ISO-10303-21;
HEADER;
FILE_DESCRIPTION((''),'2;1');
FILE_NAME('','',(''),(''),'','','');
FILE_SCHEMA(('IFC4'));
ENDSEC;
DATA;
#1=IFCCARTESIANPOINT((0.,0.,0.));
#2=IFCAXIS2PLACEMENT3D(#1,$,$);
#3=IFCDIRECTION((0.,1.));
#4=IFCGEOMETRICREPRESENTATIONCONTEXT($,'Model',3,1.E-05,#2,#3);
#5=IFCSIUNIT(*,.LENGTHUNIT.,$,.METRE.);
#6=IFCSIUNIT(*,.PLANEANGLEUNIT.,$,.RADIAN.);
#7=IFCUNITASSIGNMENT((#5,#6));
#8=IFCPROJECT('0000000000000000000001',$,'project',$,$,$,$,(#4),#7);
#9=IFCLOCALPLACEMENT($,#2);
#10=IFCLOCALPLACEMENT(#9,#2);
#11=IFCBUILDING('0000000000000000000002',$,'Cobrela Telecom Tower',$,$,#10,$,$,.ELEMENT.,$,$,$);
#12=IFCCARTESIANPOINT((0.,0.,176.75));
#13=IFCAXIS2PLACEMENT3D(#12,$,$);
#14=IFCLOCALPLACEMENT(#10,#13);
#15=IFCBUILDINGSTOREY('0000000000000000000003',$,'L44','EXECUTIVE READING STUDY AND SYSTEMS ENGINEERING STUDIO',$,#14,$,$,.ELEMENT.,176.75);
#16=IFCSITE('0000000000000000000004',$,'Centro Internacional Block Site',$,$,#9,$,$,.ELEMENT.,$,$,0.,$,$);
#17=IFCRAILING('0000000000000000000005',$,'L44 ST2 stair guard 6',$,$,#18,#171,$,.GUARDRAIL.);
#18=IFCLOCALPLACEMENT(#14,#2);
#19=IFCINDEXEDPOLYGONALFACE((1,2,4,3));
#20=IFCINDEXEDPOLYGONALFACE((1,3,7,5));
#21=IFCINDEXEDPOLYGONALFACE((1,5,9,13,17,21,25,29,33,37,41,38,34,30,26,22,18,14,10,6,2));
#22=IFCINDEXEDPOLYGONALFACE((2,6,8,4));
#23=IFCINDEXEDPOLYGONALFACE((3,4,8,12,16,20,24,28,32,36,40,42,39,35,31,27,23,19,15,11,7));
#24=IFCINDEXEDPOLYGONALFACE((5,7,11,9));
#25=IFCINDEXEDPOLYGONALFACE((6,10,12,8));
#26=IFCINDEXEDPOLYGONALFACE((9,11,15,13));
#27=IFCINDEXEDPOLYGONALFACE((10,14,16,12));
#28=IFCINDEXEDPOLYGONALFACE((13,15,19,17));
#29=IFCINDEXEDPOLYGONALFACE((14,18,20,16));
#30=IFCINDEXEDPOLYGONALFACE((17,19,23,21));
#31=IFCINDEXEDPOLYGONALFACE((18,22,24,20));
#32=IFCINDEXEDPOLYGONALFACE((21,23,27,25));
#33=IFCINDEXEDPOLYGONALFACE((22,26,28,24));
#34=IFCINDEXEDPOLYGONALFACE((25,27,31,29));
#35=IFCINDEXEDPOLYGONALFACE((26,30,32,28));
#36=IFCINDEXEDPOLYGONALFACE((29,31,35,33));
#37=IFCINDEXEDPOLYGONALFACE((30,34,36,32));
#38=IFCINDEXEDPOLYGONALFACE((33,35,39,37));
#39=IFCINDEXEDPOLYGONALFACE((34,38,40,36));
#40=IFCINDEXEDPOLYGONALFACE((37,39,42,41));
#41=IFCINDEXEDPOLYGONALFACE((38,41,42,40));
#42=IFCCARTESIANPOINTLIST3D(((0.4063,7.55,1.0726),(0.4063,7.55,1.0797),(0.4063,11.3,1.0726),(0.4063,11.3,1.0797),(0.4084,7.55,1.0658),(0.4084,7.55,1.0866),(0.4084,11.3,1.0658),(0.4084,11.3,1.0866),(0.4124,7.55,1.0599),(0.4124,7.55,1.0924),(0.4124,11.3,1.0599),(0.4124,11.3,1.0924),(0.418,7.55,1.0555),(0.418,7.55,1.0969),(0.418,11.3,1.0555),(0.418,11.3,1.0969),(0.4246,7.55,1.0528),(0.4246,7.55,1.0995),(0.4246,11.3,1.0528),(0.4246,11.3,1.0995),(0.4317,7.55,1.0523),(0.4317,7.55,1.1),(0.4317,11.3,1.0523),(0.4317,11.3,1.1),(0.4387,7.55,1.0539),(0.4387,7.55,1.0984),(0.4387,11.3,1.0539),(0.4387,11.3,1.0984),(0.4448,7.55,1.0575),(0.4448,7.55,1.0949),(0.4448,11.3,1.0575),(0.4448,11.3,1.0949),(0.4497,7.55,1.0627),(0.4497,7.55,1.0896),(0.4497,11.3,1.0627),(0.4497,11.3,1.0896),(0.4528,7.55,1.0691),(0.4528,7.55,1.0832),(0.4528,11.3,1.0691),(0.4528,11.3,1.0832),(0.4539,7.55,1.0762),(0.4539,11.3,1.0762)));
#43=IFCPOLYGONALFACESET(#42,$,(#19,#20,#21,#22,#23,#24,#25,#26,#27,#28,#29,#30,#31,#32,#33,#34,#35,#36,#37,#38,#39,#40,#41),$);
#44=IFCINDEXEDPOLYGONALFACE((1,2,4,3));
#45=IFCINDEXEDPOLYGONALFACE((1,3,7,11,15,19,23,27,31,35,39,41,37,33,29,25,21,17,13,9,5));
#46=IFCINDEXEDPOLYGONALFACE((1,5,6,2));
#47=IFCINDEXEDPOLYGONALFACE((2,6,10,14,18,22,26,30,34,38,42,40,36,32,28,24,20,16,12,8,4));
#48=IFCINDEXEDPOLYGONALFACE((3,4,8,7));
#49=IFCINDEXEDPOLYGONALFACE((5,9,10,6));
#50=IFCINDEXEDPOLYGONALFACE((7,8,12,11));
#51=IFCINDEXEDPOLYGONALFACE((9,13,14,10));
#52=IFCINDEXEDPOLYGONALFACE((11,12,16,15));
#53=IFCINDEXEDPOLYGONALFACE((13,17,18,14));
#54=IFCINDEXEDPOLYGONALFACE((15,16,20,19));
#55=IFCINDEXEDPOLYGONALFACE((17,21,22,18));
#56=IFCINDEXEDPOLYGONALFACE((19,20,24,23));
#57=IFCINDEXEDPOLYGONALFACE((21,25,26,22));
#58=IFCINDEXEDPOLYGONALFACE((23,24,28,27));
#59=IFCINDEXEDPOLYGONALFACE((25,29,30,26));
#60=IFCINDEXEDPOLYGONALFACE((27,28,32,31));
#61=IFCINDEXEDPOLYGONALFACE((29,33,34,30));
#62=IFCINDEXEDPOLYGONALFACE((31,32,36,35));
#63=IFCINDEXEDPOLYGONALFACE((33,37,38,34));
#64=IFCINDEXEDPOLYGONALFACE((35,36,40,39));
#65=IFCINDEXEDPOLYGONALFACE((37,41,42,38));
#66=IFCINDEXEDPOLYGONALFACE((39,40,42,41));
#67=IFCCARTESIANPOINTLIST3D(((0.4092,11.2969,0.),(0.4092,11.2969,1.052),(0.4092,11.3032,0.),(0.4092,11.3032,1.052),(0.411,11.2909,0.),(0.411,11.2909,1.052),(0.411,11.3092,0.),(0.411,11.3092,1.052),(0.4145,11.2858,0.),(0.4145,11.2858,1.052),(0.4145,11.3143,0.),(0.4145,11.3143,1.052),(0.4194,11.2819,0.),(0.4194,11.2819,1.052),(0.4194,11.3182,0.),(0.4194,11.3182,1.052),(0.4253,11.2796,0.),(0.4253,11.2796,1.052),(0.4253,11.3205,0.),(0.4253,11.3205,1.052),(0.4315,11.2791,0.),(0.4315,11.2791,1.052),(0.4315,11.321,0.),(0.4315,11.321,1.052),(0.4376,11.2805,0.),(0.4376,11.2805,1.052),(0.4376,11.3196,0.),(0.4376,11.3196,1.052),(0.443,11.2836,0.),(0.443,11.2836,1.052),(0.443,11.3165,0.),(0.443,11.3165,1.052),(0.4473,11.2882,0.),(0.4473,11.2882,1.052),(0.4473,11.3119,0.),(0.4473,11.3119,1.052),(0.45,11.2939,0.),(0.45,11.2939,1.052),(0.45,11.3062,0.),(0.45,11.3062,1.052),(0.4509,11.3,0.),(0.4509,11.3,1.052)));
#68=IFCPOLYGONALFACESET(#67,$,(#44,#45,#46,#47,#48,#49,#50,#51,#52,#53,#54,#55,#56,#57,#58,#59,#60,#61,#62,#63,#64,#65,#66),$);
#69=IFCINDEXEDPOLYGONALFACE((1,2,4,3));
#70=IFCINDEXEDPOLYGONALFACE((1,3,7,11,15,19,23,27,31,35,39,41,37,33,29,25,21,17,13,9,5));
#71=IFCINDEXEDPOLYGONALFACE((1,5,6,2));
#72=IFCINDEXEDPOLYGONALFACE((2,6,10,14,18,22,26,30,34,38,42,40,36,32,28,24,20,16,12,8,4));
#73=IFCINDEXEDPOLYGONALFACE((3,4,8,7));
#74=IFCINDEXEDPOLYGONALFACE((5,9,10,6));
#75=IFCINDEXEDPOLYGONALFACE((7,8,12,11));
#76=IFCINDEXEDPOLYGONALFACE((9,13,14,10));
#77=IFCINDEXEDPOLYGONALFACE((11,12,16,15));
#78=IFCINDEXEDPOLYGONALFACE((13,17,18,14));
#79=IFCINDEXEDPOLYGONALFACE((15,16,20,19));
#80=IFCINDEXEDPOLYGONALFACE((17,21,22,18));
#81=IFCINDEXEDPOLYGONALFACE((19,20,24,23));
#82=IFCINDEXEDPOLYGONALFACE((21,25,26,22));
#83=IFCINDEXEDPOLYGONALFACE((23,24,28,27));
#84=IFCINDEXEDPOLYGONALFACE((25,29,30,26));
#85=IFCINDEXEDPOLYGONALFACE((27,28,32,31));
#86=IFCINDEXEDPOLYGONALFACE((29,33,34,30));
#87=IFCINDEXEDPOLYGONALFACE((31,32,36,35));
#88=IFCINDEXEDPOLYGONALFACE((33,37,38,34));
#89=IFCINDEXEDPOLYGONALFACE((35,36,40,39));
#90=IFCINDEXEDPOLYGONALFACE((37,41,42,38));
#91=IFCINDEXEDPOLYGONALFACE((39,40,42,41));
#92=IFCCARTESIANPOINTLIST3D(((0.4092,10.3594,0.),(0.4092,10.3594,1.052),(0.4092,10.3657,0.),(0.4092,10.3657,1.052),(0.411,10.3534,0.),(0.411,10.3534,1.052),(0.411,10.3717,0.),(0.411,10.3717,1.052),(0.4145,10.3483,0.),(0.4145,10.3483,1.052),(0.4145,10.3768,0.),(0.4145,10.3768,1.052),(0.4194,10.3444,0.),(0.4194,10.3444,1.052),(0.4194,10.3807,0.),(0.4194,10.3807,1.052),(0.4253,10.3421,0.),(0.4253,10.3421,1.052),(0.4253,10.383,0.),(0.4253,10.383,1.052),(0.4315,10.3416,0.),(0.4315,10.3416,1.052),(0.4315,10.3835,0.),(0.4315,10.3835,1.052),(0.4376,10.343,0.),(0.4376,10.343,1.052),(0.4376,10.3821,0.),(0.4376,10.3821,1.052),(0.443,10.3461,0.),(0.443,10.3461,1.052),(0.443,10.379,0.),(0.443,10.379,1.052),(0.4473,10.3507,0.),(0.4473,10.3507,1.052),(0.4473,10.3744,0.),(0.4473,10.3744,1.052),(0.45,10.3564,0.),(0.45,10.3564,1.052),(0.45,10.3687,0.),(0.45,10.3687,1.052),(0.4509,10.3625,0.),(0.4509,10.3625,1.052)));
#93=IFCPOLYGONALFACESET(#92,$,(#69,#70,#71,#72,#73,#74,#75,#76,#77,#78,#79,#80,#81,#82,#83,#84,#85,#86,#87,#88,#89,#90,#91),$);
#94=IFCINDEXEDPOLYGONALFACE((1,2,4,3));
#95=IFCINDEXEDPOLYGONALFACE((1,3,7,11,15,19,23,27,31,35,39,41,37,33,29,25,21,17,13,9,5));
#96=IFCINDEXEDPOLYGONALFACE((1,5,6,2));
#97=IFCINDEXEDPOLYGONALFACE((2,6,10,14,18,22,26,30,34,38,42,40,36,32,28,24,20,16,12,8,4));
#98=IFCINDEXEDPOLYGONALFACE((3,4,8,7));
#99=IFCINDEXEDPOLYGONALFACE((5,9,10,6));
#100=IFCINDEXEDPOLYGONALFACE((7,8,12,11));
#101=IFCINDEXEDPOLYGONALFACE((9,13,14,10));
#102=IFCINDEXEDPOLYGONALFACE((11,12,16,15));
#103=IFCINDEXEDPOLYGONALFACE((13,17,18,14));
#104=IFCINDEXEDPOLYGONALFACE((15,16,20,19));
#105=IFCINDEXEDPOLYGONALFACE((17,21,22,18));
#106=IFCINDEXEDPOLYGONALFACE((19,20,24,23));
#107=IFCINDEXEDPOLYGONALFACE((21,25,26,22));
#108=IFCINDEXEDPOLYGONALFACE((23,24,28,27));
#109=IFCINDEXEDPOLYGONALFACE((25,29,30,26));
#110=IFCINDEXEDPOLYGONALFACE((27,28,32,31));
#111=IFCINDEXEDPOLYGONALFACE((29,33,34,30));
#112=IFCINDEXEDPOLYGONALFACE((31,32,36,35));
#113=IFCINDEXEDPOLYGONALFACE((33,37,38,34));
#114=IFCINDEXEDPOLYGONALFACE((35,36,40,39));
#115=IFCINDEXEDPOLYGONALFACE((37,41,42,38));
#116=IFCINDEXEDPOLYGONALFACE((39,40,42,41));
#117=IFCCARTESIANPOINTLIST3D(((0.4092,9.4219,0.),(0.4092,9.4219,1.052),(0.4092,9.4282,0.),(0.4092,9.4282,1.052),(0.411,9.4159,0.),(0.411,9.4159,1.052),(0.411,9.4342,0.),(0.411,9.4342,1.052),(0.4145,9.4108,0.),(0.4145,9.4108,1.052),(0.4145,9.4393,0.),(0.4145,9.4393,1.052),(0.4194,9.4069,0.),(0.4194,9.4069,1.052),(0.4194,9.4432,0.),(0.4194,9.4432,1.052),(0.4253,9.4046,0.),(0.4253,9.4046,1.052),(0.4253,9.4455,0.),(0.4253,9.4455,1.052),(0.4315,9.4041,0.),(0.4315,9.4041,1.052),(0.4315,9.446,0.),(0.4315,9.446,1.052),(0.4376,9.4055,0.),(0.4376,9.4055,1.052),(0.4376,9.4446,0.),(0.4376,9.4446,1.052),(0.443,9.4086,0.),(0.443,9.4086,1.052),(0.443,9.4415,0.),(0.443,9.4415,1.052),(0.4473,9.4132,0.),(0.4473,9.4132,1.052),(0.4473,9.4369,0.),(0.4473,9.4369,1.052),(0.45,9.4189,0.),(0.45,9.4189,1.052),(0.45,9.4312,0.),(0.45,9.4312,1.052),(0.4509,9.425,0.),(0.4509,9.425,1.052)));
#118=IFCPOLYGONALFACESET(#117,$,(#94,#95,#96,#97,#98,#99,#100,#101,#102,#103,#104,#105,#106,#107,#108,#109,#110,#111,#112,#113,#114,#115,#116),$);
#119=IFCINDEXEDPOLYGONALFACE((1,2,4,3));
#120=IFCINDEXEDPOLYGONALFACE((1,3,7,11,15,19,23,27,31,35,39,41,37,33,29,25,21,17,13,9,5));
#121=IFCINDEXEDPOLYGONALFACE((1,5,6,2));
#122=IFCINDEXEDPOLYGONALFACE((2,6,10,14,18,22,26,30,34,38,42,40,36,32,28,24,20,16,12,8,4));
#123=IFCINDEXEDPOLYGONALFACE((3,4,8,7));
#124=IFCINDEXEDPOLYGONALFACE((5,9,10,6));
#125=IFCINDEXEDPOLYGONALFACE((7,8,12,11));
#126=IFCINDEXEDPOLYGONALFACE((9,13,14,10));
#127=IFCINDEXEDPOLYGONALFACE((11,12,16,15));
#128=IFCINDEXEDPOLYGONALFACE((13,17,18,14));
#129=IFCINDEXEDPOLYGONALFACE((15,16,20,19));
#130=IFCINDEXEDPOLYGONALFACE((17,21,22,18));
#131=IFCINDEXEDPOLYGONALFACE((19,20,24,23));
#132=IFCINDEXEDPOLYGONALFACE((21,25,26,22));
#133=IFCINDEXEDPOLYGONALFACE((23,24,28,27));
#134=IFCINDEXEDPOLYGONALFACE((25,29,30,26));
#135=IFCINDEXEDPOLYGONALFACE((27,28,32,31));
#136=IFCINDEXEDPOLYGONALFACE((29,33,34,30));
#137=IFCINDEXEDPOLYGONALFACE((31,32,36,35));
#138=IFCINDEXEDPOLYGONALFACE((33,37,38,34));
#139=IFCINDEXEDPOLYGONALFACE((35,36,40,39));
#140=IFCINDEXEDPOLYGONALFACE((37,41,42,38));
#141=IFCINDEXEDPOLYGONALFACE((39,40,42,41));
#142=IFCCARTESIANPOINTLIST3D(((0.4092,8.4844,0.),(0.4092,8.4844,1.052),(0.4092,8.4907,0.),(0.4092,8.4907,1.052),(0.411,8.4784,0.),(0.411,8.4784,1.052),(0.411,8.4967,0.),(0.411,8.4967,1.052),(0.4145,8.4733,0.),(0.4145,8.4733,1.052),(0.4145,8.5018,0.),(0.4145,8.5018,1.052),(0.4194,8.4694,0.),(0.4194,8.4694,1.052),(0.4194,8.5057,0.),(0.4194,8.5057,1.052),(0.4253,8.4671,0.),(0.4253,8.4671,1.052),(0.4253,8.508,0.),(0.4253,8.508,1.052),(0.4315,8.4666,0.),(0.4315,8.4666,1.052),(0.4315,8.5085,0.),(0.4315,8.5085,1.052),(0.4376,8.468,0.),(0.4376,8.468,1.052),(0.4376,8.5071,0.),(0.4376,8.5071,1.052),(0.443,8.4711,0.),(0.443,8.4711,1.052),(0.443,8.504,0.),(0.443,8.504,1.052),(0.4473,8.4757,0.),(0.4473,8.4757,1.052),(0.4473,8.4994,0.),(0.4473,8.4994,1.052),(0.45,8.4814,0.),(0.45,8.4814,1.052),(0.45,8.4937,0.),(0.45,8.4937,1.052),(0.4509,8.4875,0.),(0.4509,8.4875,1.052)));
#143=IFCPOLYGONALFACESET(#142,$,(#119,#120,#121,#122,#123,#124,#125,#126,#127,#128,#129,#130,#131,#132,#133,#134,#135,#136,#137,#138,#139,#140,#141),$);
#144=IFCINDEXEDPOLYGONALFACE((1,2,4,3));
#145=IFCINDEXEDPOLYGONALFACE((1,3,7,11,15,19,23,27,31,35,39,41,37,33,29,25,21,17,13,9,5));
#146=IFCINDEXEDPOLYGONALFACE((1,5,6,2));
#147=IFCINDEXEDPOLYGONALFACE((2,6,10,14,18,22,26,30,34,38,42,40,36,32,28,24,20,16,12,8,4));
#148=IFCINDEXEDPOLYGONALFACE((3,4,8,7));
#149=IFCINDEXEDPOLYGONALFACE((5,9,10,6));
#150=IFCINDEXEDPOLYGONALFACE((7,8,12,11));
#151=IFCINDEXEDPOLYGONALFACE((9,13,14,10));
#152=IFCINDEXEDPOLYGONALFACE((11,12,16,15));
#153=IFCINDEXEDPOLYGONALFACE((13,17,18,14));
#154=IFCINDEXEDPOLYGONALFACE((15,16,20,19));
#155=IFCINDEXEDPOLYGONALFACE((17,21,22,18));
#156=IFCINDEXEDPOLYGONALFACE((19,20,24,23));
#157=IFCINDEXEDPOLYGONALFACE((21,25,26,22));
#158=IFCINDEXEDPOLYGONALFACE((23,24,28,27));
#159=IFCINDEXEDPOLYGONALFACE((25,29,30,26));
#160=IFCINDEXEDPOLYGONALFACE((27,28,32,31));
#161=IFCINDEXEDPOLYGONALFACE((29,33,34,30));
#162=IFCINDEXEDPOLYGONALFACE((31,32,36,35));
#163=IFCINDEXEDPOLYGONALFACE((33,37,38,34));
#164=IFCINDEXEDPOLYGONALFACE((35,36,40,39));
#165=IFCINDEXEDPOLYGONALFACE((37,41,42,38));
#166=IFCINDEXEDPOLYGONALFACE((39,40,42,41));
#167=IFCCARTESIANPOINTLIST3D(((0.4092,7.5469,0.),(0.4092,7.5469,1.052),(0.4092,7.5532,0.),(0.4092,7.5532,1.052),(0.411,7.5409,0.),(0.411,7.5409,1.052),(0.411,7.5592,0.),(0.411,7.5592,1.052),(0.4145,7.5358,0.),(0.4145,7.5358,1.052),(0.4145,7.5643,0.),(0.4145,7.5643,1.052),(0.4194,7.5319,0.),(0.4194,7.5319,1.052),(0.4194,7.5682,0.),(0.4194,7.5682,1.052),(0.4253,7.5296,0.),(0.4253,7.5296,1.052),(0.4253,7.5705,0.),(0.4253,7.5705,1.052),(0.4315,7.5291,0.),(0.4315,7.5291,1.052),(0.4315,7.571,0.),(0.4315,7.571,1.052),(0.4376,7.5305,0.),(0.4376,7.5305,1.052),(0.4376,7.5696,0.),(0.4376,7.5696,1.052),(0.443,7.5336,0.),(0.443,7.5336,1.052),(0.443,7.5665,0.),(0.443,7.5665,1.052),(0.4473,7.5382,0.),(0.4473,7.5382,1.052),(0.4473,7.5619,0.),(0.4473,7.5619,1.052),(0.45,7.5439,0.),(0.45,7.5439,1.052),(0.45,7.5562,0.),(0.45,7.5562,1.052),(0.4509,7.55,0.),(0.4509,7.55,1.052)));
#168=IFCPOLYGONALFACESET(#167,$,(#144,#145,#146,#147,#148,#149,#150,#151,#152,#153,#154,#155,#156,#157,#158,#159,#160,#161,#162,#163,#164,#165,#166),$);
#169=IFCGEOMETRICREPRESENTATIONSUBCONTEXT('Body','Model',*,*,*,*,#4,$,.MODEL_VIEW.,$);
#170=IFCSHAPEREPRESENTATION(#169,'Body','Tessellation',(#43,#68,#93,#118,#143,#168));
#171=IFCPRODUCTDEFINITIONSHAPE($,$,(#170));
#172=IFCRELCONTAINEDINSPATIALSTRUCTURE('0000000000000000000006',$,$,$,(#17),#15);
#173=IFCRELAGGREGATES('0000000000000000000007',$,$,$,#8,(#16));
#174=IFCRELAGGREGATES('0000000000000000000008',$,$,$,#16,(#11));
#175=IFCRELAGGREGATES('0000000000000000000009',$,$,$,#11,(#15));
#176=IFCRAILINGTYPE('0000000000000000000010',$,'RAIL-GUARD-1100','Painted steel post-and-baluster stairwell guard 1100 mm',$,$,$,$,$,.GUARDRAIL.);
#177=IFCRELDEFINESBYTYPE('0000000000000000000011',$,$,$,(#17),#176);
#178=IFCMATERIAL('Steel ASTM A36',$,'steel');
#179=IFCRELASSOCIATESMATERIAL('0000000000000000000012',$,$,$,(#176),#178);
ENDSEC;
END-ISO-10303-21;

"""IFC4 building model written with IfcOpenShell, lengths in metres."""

from ifc_helpers import new_model, si_unit, direction, frame, origin, origin_2d, place, context, subcontext, project, spatial, circle, extrude, material, type_object, element, save


model = new_model("IFC4")

# Units and contexts
model_context = context("Model", 3, precision=1e-05, world=origin(), true_north=direction((0.0, 1.0)))
body_context = subcontext(model_context, "Body", "Model", "MODEL_VIEW")
ifc_project = project(units=[si_unit("LENGTHUNIT", "METRE"), si_unit("PLANEANGLEUNIT", "RADIAN")], contexts=[model_context])

# Site, building, storey
site_placement = place(None, origin())
site = spatial("IfcSite", under=ifc_project, at=site_placement, Name="Centro Internacional Block Site", CompositionType="ELEMENT", RefElevation=0.0)
building_placement = place(site_placement, origin())
building = spatial("IfcBuilding", under=site, at=building_placement, Name="Cobrela Telecom Tower", CompositionType="ELEMENT")
storey_placement = place(building_placement, frame((0.0, 0.0, 176.75)))
storey = spatial("IfcBuildingStorey", under=building, at=storey_placement, Name="L44", Description="EXECUTIVE READING STUDY AND SYSTEMS ENGINEERING STUDIO", CompositionType="ELEMENT", Elevation=176.75)

# Shared definitions
ifc_material_1 = material(Name="Steel ASTM A36", Category="steel")

# Railing
railing_type = type_object("IfcRailingType", Name="RAIL-GUARD-1100", Description="Painted steel post-and-baluster stairwell guard 1100 mm", PredefinedType="GUARDRAIL", material=ifc_material_1)
railing_1_placement = place(storey_placement, frame((0.4299, 11.3, 0.0)))
element("IfcRailing", 1, at=railing_1_placement, inside=storey, type_object=railing_type, Name="L44 ST2 stair guard 6", PredefinedType="GUARDRAIL", context=body_context, shape_type="SweptSolid", body=[
    extrude(circle(Radius=0.0239, at=origin_2d()), frame((0.0, 0.0, 1.0762), z_axis=(0.0, -1.0, 0.0), x_axis=(1.0, 0.0, 0.0)), (0.0, 0.0, 1.0), 3.75),
    extrude(circle(Radius=0.021, at=origin_2d()), origin(), (0.0, 0.0, 1.0), 1.052),
    extrude(circle(Radius=0.021, at=origin_2d()), frame((0.0, -0.9375, 0.0)), (0.0, 0.0, 1.0), 1.052),
    extrude(circle(Radius=0.021, at=origin_2d()), frame((0.0, -1.875, 0.0)), (0.0, 0.0, 1.0), 1.052),
    extrude(circle(Radius=0.021, at=origin_2d()), frame((0.0, -2.8125, 0.0)), (0.0, 0.0, 1.0), 1.052),
    extrude(circle(Radius=0.021, at=origin_2d()), frame((0.0, -3.75, 0.0)), (0.0, 0.0, 1.0), 1.052),
])

save(model, "model.ifc")
